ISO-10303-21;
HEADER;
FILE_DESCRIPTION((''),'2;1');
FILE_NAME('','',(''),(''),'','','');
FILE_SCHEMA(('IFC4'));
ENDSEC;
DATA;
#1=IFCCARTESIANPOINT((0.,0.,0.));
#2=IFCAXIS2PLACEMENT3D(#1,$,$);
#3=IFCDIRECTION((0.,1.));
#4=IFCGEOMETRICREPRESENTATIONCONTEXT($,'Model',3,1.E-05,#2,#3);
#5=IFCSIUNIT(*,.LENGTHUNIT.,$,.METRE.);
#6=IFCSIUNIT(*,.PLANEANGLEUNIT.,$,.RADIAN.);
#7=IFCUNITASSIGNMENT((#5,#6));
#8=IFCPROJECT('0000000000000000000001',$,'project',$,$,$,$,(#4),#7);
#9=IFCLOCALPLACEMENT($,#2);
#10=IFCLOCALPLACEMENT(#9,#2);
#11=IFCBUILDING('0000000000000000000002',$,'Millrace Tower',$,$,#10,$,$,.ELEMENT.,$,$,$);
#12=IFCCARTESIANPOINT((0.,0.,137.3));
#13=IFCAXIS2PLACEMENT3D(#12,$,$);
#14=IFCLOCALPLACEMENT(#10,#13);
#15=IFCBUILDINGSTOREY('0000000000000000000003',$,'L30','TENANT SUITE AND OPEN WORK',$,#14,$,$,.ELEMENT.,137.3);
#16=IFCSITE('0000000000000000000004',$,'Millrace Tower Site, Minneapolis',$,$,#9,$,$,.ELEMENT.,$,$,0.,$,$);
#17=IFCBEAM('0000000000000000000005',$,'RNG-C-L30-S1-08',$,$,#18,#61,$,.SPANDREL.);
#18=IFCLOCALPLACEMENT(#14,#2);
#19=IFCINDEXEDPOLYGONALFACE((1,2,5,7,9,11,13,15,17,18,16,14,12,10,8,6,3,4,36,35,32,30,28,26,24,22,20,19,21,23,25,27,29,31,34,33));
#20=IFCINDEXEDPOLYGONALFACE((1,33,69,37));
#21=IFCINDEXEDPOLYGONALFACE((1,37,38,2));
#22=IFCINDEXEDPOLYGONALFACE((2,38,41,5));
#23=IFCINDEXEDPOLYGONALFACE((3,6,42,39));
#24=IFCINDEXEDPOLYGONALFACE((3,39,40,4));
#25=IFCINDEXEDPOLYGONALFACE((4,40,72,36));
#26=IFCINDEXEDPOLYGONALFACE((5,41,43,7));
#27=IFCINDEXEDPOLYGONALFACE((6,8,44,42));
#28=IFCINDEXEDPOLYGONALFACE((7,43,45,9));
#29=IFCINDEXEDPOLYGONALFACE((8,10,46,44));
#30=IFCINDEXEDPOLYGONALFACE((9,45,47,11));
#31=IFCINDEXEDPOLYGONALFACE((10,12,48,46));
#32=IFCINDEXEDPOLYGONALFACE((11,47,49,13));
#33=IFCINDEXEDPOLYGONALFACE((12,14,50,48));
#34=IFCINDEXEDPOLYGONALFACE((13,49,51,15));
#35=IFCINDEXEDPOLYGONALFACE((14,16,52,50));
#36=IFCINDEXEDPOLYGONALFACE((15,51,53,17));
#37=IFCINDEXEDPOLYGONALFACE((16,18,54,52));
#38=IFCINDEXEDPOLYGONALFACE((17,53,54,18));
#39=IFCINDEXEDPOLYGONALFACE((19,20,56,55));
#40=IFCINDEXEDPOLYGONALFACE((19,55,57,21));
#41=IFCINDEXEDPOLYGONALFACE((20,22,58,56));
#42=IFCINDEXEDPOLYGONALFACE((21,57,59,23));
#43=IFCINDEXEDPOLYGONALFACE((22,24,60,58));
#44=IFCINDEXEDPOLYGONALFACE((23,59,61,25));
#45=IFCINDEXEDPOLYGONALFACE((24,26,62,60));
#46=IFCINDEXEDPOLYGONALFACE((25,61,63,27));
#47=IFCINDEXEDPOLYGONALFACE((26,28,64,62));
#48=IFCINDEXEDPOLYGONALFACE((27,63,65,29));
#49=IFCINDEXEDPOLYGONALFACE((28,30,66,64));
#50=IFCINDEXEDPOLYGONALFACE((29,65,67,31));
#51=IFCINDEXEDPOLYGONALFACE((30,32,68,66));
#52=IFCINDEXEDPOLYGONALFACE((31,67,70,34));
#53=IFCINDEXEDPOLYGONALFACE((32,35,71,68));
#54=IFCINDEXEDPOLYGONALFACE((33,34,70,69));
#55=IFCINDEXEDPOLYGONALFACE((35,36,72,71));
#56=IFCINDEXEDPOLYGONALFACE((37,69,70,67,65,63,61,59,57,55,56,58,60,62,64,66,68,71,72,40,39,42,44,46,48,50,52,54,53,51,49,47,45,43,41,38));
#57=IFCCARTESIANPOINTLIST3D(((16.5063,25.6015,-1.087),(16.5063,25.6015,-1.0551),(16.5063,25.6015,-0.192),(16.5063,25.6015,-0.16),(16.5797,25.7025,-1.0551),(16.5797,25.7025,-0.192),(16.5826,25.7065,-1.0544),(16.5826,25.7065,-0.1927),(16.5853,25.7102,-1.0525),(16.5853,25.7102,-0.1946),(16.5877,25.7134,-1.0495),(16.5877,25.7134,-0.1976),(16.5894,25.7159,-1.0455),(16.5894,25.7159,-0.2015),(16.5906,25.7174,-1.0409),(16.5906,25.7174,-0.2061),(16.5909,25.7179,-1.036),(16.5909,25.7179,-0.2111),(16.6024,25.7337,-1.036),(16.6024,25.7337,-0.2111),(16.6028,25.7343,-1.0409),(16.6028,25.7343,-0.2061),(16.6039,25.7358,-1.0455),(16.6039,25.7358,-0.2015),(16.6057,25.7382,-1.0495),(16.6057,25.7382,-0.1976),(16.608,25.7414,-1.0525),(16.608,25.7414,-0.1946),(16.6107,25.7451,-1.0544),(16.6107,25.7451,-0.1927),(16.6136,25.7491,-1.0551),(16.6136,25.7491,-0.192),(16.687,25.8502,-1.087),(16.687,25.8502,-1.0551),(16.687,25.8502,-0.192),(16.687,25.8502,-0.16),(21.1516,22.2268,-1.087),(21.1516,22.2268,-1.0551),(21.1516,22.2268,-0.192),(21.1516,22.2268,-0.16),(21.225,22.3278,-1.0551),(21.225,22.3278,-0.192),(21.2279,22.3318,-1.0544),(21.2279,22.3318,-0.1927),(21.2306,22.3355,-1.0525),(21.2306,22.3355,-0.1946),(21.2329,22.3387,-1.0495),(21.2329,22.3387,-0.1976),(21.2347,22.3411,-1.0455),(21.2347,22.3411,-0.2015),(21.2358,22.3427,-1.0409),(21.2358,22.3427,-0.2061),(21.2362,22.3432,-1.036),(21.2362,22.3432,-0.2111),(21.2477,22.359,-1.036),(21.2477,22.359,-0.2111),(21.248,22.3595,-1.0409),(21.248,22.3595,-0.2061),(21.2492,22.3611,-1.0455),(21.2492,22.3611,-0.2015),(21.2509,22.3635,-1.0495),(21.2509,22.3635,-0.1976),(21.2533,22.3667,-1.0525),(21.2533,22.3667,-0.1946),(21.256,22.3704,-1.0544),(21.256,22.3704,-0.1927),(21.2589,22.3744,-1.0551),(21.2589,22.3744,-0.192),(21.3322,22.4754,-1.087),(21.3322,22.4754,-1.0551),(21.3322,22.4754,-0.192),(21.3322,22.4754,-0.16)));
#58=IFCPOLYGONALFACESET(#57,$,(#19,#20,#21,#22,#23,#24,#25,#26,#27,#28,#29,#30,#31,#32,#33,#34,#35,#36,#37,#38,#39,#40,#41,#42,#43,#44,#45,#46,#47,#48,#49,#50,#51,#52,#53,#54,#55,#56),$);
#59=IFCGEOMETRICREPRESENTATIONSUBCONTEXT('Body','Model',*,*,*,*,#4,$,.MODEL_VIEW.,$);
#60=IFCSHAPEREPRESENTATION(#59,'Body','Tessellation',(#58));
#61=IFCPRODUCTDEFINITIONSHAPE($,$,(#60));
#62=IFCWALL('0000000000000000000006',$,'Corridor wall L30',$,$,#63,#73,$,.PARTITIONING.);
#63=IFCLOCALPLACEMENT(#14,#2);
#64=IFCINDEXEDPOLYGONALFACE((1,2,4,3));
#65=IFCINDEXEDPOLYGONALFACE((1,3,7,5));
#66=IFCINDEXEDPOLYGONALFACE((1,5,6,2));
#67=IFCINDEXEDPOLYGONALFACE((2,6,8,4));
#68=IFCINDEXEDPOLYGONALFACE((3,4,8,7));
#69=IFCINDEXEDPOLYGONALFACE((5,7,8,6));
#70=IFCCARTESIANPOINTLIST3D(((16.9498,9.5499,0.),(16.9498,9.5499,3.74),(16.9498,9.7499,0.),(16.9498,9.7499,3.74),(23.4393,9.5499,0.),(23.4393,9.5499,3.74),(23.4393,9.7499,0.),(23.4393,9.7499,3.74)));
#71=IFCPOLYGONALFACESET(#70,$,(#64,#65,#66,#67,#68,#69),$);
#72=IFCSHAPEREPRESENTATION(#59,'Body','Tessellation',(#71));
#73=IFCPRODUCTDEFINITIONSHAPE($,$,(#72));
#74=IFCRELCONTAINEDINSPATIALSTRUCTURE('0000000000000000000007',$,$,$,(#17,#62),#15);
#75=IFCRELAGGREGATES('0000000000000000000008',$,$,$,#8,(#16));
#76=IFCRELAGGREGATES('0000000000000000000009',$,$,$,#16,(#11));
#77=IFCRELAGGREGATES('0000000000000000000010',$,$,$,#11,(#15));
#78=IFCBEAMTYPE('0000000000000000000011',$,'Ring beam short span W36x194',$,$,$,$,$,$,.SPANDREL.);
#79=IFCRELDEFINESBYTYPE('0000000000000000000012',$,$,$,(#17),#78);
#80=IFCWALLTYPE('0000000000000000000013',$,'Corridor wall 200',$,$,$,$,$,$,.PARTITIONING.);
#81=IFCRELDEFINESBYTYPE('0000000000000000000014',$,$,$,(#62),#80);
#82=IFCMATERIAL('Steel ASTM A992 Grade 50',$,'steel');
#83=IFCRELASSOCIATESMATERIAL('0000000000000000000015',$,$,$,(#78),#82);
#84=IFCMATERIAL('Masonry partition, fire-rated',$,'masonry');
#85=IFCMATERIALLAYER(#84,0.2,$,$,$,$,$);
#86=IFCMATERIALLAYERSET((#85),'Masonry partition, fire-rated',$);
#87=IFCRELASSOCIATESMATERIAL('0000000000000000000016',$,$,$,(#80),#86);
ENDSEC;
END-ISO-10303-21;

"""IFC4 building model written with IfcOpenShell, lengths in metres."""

from ifc_helpers import new_model, si_unit, direction, frame, frame_2d, origin, origin_2d, place, context, subcontext, project, spatial, rectangle, i_section, extrude, material, layer, layer_set, material_profile, profile_set, type_object, element, save


model = new_model("IFC4")

# Units and contexts
model_context = context("Model", 3, precision=1e-05, world=origin(), true_north=direction((0.0, 1.0)))
body_context = subcontext(model_context, "Body", "Model", "MODEL_VIEW")
ifc_project = project(units=[si_unit("LENGTHUNIT", "METRE"), si_unit("PLANEANGLEUNIT", "RADIAN")], contexts=[model_context])

# Site, building, storey
site_placement = place(None, origin())
site = spatial("IfcSite", under=ifc_project, at=site_placement, Name="Millrace Tower Site, Minneapolis", CompositionType="ELEMENT", RefElevation=0.0)
building_placement = place(site_placement, origin())
building = spatial("IfcBuilding", under=site, at=building_placement, Name="Millrace Tower", CompositionType="ELEMENT")
storey_placement = place(building_placement, frame((0.0, 0.0, 137.3)))
storey = spatial("IfcBuildingStorey", under=building, at=storey_placement, Name="L30", Description="TENANT SUITE AND OPEN WORK", CompositionType="ELEMENT", Elevation=137.3)

# Beam
ifc_material_1 = material(Name="Steel ASTM A992 Grade 50", Category="steel")
ifc_material_profile_1 = material_profile(ifc_material_1, i_section(OverallWidth=0.3074, OverallDepth=0.927, WebThickness=0.0195, FlangeThickness=0.032, FilletRadius=0.019, at=origin_2d()))
ifc_profile_set_1 = profile_set([ifc_material_profile_1], Name="Steel ASTM A992 Grade 50")
beam_type_1 = type_object("IfcBeamType", Name="Ring beam short span W36x194", PredefinedType="SPANDREL", material=ifc_profile_set_1)
beam_1_placement = place(storey_placement, frame((16.5967, 25.7258, -0.6235), z_axis=(0.809036, -0.58776, 0.0), x_axis=(0.58776, 0.809036, 0.0)))
element("IfcBeam", 1, at=beam_1_placement, inside=storey, type_object=beam_type_1, Name="RNG-C-L30-S1-08", PredefinedType="SPANDREL", context=body_context, shape_type="SweptSolid", body=[
    extrude(i_section(OverallWidth=0.3074, OverallDepth=0.927, WebThickness=0.0195, FlangeThickness=0.032, FilletRadius=0.019, at=origin_2d()), origin(), (0.0, 0.0, 1.0), 5.7417),
])

# Wall
ifc_material_2 = material(Name="Masonry partition, fire-rated", Category="masonry")
ifc_layer_1 = layer(ifc_material_2, 0.2)
ifc_layer_set_1 = layer_set([ifc_layer_1], Name="Masonry partition, fire-rated")
wall_type = type_object("IfcWallType", Name="Corridor wall 200", PredefinedType="PARTITIONING", material=ifc_layer_set_1)
wall_placement = place(storey_placement, frame((16.95, 9.6499, 0.0), z_axis=(0.0, 0.0, 1.0), x_axis=(1.0, 0.0, 0.0)))
element("IfcWall", 2, at=wall_placement, inside=storey, type_object=wall_type, Name="Corridor wall L30", PredefinedType="PARTITIONING", context=body_context, shape_type="SweptSolid", body=[
    extrude(rectangle(XDim=6.4895, YDim=0.2, at=frame_2d((3.2446, 0.0))), origin(), (0.0, 0.0, 1.0), 3.74),
])

save(model, "model.ifc")
